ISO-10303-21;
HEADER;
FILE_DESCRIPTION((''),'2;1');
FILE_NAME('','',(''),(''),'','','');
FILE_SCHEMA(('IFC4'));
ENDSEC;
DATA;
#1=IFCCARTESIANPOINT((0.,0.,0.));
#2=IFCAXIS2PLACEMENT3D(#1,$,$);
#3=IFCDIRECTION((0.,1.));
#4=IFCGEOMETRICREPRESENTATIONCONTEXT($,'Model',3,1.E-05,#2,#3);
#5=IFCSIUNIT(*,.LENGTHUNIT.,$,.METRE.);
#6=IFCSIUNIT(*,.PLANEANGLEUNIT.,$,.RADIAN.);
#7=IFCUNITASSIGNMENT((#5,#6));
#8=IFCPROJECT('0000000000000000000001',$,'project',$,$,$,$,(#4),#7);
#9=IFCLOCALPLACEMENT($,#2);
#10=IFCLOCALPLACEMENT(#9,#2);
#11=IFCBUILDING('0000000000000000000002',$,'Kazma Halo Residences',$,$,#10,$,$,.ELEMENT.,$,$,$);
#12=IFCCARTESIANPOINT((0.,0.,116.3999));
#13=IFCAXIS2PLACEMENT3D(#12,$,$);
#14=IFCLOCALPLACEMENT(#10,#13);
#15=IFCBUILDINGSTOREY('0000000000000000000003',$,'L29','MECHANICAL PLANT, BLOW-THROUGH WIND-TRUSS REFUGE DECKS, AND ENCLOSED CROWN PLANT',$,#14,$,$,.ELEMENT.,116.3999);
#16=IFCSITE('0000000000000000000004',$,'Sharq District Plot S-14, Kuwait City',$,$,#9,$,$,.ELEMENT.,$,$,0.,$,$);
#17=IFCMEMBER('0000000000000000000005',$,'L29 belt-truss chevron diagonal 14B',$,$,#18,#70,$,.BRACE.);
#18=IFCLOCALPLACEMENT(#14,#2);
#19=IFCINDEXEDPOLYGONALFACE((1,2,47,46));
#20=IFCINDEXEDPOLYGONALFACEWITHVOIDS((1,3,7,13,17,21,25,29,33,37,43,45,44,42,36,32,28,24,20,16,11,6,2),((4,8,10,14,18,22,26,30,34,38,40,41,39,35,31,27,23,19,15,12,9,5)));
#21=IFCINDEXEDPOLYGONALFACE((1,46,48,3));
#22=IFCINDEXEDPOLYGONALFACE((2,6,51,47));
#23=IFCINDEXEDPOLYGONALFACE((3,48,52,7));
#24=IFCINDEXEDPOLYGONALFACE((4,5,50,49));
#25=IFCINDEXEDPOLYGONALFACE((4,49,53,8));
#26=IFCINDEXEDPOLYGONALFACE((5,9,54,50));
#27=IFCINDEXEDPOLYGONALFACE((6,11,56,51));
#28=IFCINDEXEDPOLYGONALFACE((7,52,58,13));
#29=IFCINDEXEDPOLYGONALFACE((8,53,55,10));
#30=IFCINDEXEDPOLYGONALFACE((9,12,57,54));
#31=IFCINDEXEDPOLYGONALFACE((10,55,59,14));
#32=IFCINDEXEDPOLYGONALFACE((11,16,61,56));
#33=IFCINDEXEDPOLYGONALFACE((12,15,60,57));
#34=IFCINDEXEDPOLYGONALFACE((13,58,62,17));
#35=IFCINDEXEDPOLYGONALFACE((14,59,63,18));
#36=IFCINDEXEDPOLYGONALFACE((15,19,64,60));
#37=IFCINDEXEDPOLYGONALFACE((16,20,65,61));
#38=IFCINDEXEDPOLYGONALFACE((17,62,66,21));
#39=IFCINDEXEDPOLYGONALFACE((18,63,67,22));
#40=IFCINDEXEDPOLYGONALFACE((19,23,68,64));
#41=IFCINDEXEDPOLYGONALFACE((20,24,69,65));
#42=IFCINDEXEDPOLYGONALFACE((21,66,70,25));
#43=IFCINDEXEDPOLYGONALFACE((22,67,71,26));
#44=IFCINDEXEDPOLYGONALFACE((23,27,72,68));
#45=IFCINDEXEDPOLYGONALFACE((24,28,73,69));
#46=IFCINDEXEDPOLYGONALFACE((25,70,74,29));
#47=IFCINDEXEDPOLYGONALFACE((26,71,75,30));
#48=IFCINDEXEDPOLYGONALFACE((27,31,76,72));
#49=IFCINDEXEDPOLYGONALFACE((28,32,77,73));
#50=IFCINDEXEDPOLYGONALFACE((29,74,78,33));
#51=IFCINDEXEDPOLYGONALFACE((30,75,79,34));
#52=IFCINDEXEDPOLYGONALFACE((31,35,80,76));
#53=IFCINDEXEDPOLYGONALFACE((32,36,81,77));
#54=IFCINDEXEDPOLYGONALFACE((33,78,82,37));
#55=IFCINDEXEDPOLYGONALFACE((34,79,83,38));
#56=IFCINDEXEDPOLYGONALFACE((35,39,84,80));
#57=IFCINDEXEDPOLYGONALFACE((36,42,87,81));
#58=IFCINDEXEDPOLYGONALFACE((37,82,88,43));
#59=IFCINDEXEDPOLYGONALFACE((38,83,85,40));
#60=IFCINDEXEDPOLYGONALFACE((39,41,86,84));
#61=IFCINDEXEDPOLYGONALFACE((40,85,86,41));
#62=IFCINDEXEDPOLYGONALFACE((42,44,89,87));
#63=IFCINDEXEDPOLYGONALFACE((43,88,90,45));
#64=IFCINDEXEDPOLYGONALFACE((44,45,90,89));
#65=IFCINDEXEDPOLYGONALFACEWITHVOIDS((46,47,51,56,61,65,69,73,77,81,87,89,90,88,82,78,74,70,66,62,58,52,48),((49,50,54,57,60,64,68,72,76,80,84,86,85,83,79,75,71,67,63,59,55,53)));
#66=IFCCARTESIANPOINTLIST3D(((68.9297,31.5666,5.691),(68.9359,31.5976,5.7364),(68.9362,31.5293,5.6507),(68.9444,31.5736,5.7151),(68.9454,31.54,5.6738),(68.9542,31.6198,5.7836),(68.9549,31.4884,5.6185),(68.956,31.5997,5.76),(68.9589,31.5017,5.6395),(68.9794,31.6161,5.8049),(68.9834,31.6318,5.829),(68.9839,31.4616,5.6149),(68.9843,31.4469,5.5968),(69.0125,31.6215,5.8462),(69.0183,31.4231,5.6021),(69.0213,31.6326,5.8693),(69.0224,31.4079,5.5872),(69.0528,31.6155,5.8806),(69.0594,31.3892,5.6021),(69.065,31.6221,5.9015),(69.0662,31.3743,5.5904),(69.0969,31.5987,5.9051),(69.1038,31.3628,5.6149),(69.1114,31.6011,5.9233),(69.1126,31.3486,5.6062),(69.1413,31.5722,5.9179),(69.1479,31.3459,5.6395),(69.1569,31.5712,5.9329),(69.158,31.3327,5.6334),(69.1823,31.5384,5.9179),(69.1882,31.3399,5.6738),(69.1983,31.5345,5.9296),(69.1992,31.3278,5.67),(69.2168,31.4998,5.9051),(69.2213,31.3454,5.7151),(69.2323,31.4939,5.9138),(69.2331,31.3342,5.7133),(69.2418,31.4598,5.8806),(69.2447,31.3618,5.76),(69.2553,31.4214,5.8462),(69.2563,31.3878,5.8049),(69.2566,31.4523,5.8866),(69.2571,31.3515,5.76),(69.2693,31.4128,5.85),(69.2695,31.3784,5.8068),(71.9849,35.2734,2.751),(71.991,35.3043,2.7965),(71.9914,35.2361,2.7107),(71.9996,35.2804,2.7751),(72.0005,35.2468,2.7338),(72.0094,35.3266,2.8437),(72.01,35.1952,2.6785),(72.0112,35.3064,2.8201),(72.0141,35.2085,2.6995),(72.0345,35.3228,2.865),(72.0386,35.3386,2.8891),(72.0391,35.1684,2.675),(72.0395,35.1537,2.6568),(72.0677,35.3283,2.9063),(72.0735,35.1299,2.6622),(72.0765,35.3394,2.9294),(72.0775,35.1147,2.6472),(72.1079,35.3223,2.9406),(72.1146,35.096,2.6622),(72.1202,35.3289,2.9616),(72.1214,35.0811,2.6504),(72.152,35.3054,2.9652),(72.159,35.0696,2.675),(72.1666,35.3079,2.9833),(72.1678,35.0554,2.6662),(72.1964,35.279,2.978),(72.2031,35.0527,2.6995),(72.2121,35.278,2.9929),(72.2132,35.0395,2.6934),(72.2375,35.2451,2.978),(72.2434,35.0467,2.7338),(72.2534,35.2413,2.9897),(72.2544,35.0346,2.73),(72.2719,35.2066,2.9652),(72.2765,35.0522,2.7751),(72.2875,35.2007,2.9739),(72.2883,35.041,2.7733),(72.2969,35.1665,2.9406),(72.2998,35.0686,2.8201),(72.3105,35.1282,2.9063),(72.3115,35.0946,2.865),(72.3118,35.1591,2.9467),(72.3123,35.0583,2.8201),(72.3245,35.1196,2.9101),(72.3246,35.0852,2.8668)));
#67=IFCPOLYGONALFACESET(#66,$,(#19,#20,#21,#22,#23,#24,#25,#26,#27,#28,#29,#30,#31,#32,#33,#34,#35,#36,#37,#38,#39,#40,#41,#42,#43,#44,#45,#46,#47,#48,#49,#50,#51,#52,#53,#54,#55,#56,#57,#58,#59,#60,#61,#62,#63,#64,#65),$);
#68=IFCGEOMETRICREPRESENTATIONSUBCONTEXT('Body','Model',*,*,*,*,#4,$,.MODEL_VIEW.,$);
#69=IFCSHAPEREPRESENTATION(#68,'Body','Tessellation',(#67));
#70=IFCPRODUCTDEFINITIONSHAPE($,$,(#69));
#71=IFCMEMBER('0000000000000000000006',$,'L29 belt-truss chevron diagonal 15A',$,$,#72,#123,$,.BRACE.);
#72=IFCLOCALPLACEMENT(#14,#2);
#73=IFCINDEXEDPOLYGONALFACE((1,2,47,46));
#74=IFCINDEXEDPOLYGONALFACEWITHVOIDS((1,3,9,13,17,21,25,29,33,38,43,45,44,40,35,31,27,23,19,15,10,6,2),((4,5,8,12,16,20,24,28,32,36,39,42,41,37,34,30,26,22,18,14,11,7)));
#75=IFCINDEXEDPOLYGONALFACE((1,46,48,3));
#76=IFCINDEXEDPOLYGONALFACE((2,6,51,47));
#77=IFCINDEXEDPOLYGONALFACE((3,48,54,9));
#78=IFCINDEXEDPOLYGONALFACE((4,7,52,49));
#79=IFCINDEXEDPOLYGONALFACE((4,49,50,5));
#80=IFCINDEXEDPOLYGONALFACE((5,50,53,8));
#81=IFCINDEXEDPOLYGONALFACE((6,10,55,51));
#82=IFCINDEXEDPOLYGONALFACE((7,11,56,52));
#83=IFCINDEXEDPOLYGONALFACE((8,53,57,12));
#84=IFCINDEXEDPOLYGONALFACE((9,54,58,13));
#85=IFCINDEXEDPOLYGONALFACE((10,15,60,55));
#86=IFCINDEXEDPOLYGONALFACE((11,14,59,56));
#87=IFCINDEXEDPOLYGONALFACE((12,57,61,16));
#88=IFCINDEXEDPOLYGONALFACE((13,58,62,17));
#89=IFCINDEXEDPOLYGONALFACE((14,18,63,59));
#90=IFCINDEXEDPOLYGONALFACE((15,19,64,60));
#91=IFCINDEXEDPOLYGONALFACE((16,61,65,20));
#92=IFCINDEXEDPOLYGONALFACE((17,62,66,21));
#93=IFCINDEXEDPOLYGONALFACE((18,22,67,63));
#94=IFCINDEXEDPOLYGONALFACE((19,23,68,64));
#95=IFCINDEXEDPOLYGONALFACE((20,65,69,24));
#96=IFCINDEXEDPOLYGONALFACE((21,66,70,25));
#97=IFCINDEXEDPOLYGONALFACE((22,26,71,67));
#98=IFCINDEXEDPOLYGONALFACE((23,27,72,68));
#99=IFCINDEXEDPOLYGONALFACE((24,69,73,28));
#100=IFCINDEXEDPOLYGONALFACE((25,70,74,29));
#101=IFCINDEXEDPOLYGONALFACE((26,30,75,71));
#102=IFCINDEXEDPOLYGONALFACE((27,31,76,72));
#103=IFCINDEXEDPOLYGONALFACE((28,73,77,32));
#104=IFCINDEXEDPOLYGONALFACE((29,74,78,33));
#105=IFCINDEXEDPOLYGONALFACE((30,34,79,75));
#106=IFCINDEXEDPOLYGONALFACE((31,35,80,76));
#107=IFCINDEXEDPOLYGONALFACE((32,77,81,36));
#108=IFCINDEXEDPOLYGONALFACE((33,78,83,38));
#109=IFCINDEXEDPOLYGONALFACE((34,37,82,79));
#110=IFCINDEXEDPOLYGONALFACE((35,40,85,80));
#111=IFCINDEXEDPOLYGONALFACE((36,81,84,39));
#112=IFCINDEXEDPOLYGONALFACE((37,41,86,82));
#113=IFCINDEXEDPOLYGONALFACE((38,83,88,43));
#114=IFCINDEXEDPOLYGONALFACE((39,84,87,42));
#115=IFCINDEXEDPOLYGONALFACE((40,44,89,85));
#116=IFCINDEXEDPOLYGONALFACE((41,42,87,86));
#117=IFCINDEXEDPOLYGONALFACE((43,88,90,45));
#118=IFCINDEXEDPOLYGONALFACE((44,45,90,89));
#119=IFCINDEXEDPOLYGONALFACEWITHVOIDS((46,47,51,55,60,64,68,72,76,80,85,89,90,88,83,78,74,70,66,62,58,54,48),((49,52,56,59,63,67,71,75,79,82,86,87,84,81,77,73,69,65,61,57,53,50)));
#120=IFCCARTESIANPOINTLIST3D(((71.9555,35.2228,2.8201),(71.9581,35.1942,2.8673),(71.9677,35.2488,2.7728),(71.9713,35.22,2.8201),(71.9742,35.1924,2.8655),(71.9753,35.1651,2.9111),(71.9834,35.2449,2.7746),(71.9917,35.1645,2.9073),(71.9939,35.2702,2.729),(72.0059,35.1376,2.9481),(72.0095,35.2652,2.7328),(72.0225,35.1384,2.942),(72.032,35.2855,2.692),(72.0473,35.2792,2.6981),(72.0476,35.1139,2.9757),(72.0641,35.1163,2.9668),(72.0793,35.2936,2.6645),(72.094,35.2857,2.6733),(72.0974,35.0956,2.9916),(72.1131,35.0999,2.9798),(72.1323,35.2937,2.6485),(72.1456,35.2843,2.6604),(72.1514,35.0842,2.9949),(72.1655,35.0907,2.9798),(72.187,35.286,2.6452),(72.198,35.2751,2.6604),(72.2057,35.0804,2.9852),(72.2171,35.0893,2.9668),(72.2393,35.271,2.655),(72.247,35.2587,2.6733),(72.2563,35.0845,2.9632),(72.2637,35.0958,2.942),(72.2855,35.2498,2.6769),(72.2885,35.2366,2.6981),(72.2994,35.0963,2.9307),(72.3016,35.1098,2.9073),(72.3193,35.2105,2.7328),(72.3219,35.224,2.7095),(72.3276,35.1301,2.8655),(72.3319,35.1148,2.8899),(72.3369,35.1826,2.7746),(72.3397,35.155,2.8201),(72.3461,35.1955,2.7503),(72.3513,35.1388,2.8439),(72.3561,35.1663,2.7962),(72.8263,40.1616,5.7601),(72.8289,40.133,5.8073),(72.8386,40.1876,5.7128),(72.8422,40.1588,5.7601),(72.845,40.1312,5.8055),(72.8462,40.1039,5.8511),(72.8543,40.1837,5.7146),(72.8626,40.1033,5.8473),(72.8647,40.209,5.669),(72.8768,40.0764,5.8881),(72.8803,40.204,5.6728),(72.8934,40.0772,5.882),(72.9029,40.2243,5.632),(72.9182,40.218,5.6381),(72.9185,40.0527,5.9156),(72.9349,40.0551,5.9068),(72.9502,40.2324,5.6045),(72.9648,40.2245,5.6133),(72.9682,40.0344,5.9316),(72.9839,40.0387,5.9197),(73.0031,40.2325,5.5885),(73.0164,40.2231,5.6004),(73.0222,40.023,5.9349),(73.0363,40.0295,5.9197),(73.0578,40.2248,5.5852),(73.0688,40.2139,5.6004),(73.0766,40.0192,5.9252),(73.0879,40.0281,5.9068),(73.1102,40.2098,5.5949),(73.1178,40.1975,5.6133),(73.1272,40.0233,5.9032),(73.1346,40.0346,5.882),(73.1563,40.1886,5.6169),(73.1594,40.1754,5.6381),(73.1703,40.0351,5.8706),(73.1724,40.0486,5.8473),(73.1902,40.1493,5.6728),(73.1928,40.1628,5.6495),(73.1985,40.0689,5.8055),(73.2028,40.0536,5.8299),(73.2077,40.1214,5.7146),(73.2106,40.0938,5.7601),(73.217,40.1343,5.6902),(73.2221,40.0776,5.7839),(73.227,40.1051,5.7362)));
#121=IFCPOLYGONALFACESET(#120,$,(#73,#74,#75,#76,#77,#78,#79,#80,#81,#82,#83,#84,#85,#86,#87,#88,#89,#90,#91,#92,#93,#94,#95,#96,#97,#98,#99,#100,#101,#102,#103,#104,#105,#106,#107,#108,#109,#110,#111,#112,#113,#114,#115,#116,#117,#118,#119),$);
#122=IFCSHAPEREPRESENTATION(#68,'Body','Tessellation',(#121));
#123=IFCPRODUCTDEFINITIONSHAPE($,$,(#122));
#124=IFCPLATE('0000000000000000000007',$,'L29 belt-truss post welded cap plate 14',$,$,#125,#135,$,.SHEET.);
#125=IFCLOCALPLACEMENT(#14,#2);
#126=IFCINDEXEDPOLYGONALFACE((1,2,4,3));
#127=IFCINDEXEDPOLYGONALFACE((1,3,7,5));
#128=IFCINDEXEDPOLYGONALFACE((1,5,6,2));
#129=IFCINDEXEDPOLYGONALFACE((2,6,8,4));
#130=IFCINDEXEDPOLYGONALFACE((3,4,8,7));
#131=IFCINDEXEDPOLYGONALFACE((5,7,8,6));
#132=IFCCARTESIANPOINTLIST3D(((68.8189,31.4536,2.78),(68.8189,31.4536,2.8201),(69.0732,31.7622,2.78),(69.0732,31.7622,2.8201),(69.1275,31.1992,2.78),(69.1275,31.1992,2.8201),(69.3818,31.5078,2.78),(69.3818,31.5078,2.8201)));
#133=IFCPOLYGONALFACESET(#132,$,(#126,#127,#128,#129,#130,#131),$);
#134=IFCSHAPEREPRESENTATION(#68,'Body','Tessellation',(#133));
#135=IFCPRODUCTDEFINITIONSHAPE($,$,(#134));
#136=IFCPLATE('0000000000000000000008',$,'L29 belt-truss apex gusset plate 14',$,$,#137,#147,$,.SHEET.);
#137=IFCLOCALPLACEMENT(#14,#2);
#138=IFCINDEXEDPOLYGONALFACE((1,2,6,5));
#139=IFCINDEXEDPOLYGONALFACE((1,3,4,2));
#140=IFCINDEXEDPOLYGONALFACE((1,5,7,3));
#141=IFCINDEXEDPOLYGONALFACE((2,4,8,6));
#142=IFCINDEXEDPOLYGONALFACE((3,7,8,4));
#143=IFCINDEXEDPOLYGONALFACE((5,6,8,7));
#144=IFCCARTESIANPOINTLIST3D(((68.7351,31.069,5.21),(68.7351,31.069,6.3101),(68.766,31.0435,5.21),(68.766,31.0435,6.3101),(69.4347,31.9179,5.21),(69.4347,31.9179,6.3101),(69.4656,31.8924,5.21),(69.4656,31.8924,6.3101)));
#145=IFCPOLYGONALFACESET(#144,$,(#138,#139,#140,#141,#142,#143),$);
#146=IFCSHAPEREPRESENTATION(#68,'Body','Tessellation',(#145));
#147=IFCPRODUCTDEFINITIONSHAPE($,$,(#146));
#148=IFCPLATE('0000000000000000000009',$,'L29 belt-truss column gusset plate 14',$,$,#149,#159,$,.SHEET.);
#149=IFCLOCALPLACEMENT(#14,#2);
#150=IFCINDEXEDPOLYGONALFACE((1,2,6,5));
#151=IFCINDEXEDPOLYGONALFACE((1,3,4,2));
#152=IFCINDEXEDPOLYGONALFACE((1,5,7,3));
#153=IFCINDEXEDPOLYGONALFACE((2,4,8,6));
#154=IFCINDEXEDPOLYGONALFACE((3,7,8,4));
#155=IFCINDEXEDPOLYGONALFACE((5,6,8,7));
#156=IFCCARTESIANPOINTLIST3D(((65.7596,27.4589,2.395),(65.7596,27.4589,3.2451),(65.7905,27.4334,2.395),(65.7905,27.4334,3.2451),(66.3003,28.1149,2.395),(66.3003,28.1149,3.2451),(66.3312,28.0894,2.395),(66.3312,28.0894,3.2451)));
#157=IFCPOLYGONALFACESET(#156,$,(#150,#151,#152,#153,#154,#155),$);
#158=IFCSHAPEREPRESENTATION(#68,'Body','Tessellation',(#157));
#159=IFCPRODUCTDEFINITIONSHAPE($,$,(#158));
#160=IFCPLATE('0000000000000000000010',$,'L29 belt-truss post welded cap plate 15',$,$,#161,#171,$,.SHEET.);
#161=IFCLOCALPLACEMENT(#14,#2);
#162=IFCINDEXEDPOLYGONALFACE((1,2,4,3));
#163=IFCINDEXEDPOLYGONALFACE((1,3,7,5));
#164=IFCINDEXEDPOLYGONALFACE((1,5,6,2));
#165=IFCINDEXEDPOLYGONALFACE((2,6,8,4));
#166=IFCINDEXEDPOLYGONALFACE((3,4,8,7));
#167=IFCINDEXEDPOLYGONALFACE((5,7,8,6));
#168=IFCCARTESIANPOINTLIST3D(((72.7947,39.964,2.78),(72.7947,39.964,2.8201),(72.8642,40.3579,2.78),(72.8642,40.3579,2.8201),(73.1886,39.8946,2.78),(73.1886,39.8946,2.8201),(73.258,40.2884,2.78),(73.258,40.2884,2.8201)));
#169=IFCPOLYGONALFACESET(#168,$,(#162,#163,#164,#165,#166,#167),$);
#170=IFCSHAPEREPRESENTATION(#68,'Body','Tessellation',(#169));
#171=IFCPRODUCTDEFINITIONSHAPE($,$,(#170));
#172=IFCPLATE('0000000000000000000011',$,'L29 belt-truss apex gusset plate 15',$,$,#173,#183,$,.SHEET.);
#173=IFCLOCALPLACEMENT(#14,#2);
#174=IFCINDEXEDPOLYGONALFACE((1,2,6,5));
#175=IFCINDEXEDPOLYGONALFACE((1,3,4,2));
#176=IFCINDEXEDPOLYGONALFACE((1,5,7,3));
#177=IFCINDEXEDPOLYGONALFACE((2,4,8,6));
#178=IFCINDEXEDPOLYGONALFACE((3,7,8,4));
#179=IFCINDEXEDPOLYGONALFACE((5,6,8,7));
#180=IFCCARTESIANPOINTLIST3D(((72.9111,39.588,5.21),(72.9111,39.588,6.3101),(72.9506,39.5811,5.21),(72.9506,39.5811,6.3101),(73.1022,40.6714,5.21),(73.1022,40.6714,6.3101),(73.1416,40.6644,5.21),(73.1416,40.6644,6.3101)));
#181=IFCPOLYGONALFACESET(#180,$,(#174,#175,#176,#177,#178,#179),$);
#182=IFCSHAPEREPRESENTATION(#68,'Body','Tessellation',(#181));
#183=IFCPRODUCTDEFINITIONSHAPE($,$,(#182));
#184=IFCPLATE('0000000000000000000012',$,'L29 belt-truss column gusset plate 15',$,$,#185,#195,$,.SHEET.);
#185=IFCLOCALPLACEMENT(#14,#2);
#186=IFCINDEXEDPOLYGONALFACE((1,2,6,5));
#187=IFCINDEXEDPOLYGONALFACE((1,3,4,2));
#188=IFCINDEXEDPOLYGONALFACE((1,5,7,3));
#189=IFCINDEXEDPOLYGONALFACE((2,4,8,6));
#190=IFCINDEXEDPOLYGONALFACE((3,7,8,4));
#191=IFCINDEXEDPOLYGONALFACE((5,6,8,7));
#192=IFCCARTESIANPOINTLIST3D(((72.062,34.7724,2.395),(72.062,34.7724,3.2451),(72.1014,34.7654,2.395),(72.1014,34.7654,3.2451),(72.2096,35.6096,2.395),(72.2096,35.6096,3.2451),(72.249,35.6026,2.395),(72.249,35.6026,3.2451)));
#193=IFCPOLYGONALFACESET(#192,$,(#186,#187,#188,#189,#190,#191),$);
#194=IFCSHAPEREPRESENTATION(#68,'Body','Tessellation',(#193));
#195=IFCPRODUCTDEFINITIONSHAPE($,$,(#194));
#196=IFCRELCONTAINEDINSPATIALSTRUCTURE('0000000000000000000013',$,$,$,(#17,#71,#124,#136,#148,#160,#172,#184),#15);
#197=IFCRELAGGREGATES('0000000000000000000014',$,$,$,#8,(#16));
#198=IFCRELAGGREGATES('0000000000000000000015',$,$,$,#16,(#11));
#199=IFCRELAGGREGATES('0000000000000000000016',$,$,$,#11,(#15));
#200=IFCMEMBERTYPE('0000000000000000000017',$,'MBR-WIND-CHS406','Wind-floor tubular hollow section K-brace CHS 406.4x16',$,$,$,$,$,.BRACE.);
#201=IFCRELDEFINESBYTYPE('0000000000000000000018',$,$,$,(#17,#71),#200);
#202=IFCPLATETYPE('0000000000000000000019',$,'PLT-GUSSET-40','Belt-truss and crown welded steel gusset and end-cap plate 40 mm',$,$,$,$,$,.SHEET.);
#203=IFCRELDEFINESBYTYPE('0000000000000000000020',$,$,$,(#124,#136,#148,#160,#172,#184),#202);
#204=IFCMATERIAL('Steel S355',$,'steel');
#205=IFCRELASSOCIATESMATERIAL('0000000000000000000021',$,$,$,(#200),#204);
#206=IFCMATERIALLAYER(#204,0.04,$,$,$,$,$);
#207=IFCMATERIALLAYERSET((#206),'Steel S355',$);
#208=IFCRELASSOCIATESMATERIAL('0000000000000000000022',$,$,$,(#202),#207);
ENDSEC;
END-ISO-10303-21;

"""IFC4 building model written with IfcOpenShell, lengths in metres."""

from ifc_helpers import new_model, si_unit, direction, frame, origin, origin_2d, place, context, subcontext, project, spatial, rectangle, hollow_circle, extrude, material, layer, layer_set, material_profile, profile_set, type_object, element, save


model = new_model("IFC4")

# Units and contexts
model_context = context("Model", 3, precision=1e-05, world=origin(), true_north=direction((0.0, 1.0)))
body_context = subcontext(model_context, "Body", "Model", "MODEL_VIEW")
ifc_project = project(units=[si_unit("LENGTHUNIT", "METRE"), si_unit("PLANEANGLEUNIT", "RADIAN")], contexts=[model_context])

# Site, building, storey
site_placement = place(None, origin())
site = spatial("IfcSite", under=ifc_project, at=site_placement, Name="Sharq District Plot S-14, Kuwait City", CompositionType="ELEMENT", RefElevation=0.0)
building_placement = place(site_placement, origin())
building = spatial("IfcBuilding", under=site, at=building_placement, Name="Kazma Halo Residences", CompositionType="ELEMENT")
storey_placement = place(building_placement, frame((0.0, 0.0, 116.3999)))
storey = spatial("IfcBuildingStorey", under=building, at=storey_placement, Name="L29", Description="MECHANICAL PLANT, BLOW-THROUGH WIND-TRUSS REFUGE DECKS, AND ENCLOSED CROWN PLANT", CompositionType="ELEMENT", Elevation=116.3999)

# Shared definitions
ifc_material_1 = material(Name="Steel S355", Category="steel")

# Members
ifc_material_profile_1 = material_profile(ifc_material_1, hollow_circle(Radius=0.2031, WallThickness=0.0161, at=origin_2d()), Name="CHS406.4x16")
ifc_profile_set_1 = profile_set([ifc_material_profile_1], Name="Steel S355")
member_type_1 = type_object("IfcMemberType", Name="MBR-WIND-CHS406", Description="Wind-floor tubular hollow section K-brace CHS 406.4x16", PredefinedType="BRACE", material=ifc_profile_set_1)
member_1_placement = place(storey_placement, frame((72.1555, 35.1875, 2.8201), z_axis=(-0.542483, -0.658184, 0.522021), x_axis=(0.771672, -0.636021, 0.0)))
element("IfcMember", 1, at=member_1_placement, inside=storey, type_object=member_type_1, Name="L29 belt-truss chevron diagonal 14B", PredefinedType="BRACE", context=body_context, shape_type="SweptSolid", body=[
    extrude(hollow_circle(Radius=0.2031, WallThickness=0.0161, at=origin_2d()), origin(), (0.0, 0.0, 1.0), 5.6318),
])
member_2_placement = place(storey_placement, frame((72.1555, 35.1875, 2.8201), z_axis=(0.149807, 0.849579, 0.505741), x_axis=(-0.984807, 0.173652, 0.0)))
element("IfcMember", 2, at=member_2_placement, inside=storey, type_object=member_type_1, Name="L29 belt-truss chevron diagonal 15A", PredefinedType="BRACE", context=body_context, shape_type="SweptSolid", body=[
    extrude(hollow_circle(Radius=0.2031, WallThickness=0.0161, at=origin_2d()), origin(), (0.0, 0.0, 1.0), 5.8132),
])

# Plates
ifc_layer_1 = layer(ifc_material_1, 0.04)
ifc_layer_set_1 = layer_set([ifc_layer_1], Name="Steel S355")
plate_type = type_object("IfcPlateType", Name="PLT-GUSSET-40", Description="Belt-truss and crown welded steel gusset and end-cap plate 40 mm", PredefinedType="SHEET", material=ifc_layer_set_1)
plate_1_placement = place(storey_placement, frame((69.1003, 31.4807, 2.78), z_axis=(0.0, 0.0, 1.0), x_axis=(0.636002, 0.771688, 0.0)))
element("IfcPlate", 3, at=plate_1_placement, inside=storey, type_object=plate_type, Name="L29 belt-truss post welded cap plate 14", PredefinedType="SHEET", context=body_context, shape_type="SweptSolid", body=[
    extrude(rectangle(XDim=0.3999, YDim=0.3999, at=origin_2d()), origin(), (0.0, 0.0, 1.0), 0.04),
])
plate_2_placement = place(storey_placement, frame((69.1003, 31.4807, 5.21), z_axis=(0.0, 0.0, 1.0), x_axis=(0.636002, 0.771688, 0.0)))
element("IfcPlate", 4, at=plate_2_placement, inside=storey, type_object=plate_type, Name="L29 belt-truss apex gusset plate 14", PredefinedType="SHEET", context=body_context, shape_type="SweptSolid", body=[
    extrude(rectangle(XDim=1.1001, YDim=0.04, at=origin_2d()), origin(), (0.0, 0.0, 1.0), 1.1001),
])
plate_3_placement = place(storey_placement, frame((66.0454, 27.7742, 2.395), z_axis=(0.0, 0.0, 1.0), x_axis=(0.636002, 0.771688, 0.0)))
element("IfcPlate", 5, at=plate_3_placement, inside=storey, type_object=plate_type, Name="L29 belt-truss column gusset plate 14", PredefinedType="SHEET", context=body_context, shape_type="SweptSolid", body=[
    extrude(rectangle(XDim=0.8501, YDim=0.04, at=origin_2d()), origin(), (0.0, 0.0, 1.0), 0.8501),
])
plate_4_placement = place(storey_placement, frame((73.0264, 40.1262, 2.78), z_axis=(0.0, 0.0, 1.0), x_axis=(0.173659, 0.984806, 0.0)))
element("IfcPlate", 6, at=plate_4_placement, inside=storey, type_object=plate_type, Name="L29 belt-truss post welded cap plate 15", PredefinedType="SHEET", context=body_context, shape_type="SweptSolid", body=[
    extrude(rectangle(XDim=0.3999, YDim=0.3999, at=origin_2d()), origin(), (0.0, 0.0, 1.0), 0.04),
])
plate_5_placement = place(storey_placement, frame((73.0264, 40.1262, 5.21), z_axis=(0.0, 0.0, 1.0), x_axis=(0.173659, 0.984806, 0.0)))
element("IfcPlate", 7, at=plate_5_placement, inside=storey, type_object=plate_type, Name="L29 belt-truss apex gusset plate 15", PredefinedType="SHEET", context=body_context, shape_type="SweptSolid", body=[
    extrude(rectangle(XDim=1.1001, YDim=0.04, at=origin_2d()), origin(), (0.0, 0.0, 1.0), 1.1001),
])
plate_6_placement = place(storey_placement, frame((72.1555, 35.1875, 2.395), z_axis=(0.0, 0.0, 1.0), x_axis=(0.173659, 0.984806, 0.0)))
element("IfcPlate", 8, at=plate_6_placement, inside=storey, type_object=plate_type, Name="L29 belt-truss column gusset plate 15", PredefinedType="SHEET", context=body_context, shape_type="SweptSolid", body=[
    extrude(rectangle(XDim=0.8501, YDim=0.04, at=origin_2d()), origin(), (0.0, 0.0, 1.0), 0.8501),
])

save(model, "model.ifc")
